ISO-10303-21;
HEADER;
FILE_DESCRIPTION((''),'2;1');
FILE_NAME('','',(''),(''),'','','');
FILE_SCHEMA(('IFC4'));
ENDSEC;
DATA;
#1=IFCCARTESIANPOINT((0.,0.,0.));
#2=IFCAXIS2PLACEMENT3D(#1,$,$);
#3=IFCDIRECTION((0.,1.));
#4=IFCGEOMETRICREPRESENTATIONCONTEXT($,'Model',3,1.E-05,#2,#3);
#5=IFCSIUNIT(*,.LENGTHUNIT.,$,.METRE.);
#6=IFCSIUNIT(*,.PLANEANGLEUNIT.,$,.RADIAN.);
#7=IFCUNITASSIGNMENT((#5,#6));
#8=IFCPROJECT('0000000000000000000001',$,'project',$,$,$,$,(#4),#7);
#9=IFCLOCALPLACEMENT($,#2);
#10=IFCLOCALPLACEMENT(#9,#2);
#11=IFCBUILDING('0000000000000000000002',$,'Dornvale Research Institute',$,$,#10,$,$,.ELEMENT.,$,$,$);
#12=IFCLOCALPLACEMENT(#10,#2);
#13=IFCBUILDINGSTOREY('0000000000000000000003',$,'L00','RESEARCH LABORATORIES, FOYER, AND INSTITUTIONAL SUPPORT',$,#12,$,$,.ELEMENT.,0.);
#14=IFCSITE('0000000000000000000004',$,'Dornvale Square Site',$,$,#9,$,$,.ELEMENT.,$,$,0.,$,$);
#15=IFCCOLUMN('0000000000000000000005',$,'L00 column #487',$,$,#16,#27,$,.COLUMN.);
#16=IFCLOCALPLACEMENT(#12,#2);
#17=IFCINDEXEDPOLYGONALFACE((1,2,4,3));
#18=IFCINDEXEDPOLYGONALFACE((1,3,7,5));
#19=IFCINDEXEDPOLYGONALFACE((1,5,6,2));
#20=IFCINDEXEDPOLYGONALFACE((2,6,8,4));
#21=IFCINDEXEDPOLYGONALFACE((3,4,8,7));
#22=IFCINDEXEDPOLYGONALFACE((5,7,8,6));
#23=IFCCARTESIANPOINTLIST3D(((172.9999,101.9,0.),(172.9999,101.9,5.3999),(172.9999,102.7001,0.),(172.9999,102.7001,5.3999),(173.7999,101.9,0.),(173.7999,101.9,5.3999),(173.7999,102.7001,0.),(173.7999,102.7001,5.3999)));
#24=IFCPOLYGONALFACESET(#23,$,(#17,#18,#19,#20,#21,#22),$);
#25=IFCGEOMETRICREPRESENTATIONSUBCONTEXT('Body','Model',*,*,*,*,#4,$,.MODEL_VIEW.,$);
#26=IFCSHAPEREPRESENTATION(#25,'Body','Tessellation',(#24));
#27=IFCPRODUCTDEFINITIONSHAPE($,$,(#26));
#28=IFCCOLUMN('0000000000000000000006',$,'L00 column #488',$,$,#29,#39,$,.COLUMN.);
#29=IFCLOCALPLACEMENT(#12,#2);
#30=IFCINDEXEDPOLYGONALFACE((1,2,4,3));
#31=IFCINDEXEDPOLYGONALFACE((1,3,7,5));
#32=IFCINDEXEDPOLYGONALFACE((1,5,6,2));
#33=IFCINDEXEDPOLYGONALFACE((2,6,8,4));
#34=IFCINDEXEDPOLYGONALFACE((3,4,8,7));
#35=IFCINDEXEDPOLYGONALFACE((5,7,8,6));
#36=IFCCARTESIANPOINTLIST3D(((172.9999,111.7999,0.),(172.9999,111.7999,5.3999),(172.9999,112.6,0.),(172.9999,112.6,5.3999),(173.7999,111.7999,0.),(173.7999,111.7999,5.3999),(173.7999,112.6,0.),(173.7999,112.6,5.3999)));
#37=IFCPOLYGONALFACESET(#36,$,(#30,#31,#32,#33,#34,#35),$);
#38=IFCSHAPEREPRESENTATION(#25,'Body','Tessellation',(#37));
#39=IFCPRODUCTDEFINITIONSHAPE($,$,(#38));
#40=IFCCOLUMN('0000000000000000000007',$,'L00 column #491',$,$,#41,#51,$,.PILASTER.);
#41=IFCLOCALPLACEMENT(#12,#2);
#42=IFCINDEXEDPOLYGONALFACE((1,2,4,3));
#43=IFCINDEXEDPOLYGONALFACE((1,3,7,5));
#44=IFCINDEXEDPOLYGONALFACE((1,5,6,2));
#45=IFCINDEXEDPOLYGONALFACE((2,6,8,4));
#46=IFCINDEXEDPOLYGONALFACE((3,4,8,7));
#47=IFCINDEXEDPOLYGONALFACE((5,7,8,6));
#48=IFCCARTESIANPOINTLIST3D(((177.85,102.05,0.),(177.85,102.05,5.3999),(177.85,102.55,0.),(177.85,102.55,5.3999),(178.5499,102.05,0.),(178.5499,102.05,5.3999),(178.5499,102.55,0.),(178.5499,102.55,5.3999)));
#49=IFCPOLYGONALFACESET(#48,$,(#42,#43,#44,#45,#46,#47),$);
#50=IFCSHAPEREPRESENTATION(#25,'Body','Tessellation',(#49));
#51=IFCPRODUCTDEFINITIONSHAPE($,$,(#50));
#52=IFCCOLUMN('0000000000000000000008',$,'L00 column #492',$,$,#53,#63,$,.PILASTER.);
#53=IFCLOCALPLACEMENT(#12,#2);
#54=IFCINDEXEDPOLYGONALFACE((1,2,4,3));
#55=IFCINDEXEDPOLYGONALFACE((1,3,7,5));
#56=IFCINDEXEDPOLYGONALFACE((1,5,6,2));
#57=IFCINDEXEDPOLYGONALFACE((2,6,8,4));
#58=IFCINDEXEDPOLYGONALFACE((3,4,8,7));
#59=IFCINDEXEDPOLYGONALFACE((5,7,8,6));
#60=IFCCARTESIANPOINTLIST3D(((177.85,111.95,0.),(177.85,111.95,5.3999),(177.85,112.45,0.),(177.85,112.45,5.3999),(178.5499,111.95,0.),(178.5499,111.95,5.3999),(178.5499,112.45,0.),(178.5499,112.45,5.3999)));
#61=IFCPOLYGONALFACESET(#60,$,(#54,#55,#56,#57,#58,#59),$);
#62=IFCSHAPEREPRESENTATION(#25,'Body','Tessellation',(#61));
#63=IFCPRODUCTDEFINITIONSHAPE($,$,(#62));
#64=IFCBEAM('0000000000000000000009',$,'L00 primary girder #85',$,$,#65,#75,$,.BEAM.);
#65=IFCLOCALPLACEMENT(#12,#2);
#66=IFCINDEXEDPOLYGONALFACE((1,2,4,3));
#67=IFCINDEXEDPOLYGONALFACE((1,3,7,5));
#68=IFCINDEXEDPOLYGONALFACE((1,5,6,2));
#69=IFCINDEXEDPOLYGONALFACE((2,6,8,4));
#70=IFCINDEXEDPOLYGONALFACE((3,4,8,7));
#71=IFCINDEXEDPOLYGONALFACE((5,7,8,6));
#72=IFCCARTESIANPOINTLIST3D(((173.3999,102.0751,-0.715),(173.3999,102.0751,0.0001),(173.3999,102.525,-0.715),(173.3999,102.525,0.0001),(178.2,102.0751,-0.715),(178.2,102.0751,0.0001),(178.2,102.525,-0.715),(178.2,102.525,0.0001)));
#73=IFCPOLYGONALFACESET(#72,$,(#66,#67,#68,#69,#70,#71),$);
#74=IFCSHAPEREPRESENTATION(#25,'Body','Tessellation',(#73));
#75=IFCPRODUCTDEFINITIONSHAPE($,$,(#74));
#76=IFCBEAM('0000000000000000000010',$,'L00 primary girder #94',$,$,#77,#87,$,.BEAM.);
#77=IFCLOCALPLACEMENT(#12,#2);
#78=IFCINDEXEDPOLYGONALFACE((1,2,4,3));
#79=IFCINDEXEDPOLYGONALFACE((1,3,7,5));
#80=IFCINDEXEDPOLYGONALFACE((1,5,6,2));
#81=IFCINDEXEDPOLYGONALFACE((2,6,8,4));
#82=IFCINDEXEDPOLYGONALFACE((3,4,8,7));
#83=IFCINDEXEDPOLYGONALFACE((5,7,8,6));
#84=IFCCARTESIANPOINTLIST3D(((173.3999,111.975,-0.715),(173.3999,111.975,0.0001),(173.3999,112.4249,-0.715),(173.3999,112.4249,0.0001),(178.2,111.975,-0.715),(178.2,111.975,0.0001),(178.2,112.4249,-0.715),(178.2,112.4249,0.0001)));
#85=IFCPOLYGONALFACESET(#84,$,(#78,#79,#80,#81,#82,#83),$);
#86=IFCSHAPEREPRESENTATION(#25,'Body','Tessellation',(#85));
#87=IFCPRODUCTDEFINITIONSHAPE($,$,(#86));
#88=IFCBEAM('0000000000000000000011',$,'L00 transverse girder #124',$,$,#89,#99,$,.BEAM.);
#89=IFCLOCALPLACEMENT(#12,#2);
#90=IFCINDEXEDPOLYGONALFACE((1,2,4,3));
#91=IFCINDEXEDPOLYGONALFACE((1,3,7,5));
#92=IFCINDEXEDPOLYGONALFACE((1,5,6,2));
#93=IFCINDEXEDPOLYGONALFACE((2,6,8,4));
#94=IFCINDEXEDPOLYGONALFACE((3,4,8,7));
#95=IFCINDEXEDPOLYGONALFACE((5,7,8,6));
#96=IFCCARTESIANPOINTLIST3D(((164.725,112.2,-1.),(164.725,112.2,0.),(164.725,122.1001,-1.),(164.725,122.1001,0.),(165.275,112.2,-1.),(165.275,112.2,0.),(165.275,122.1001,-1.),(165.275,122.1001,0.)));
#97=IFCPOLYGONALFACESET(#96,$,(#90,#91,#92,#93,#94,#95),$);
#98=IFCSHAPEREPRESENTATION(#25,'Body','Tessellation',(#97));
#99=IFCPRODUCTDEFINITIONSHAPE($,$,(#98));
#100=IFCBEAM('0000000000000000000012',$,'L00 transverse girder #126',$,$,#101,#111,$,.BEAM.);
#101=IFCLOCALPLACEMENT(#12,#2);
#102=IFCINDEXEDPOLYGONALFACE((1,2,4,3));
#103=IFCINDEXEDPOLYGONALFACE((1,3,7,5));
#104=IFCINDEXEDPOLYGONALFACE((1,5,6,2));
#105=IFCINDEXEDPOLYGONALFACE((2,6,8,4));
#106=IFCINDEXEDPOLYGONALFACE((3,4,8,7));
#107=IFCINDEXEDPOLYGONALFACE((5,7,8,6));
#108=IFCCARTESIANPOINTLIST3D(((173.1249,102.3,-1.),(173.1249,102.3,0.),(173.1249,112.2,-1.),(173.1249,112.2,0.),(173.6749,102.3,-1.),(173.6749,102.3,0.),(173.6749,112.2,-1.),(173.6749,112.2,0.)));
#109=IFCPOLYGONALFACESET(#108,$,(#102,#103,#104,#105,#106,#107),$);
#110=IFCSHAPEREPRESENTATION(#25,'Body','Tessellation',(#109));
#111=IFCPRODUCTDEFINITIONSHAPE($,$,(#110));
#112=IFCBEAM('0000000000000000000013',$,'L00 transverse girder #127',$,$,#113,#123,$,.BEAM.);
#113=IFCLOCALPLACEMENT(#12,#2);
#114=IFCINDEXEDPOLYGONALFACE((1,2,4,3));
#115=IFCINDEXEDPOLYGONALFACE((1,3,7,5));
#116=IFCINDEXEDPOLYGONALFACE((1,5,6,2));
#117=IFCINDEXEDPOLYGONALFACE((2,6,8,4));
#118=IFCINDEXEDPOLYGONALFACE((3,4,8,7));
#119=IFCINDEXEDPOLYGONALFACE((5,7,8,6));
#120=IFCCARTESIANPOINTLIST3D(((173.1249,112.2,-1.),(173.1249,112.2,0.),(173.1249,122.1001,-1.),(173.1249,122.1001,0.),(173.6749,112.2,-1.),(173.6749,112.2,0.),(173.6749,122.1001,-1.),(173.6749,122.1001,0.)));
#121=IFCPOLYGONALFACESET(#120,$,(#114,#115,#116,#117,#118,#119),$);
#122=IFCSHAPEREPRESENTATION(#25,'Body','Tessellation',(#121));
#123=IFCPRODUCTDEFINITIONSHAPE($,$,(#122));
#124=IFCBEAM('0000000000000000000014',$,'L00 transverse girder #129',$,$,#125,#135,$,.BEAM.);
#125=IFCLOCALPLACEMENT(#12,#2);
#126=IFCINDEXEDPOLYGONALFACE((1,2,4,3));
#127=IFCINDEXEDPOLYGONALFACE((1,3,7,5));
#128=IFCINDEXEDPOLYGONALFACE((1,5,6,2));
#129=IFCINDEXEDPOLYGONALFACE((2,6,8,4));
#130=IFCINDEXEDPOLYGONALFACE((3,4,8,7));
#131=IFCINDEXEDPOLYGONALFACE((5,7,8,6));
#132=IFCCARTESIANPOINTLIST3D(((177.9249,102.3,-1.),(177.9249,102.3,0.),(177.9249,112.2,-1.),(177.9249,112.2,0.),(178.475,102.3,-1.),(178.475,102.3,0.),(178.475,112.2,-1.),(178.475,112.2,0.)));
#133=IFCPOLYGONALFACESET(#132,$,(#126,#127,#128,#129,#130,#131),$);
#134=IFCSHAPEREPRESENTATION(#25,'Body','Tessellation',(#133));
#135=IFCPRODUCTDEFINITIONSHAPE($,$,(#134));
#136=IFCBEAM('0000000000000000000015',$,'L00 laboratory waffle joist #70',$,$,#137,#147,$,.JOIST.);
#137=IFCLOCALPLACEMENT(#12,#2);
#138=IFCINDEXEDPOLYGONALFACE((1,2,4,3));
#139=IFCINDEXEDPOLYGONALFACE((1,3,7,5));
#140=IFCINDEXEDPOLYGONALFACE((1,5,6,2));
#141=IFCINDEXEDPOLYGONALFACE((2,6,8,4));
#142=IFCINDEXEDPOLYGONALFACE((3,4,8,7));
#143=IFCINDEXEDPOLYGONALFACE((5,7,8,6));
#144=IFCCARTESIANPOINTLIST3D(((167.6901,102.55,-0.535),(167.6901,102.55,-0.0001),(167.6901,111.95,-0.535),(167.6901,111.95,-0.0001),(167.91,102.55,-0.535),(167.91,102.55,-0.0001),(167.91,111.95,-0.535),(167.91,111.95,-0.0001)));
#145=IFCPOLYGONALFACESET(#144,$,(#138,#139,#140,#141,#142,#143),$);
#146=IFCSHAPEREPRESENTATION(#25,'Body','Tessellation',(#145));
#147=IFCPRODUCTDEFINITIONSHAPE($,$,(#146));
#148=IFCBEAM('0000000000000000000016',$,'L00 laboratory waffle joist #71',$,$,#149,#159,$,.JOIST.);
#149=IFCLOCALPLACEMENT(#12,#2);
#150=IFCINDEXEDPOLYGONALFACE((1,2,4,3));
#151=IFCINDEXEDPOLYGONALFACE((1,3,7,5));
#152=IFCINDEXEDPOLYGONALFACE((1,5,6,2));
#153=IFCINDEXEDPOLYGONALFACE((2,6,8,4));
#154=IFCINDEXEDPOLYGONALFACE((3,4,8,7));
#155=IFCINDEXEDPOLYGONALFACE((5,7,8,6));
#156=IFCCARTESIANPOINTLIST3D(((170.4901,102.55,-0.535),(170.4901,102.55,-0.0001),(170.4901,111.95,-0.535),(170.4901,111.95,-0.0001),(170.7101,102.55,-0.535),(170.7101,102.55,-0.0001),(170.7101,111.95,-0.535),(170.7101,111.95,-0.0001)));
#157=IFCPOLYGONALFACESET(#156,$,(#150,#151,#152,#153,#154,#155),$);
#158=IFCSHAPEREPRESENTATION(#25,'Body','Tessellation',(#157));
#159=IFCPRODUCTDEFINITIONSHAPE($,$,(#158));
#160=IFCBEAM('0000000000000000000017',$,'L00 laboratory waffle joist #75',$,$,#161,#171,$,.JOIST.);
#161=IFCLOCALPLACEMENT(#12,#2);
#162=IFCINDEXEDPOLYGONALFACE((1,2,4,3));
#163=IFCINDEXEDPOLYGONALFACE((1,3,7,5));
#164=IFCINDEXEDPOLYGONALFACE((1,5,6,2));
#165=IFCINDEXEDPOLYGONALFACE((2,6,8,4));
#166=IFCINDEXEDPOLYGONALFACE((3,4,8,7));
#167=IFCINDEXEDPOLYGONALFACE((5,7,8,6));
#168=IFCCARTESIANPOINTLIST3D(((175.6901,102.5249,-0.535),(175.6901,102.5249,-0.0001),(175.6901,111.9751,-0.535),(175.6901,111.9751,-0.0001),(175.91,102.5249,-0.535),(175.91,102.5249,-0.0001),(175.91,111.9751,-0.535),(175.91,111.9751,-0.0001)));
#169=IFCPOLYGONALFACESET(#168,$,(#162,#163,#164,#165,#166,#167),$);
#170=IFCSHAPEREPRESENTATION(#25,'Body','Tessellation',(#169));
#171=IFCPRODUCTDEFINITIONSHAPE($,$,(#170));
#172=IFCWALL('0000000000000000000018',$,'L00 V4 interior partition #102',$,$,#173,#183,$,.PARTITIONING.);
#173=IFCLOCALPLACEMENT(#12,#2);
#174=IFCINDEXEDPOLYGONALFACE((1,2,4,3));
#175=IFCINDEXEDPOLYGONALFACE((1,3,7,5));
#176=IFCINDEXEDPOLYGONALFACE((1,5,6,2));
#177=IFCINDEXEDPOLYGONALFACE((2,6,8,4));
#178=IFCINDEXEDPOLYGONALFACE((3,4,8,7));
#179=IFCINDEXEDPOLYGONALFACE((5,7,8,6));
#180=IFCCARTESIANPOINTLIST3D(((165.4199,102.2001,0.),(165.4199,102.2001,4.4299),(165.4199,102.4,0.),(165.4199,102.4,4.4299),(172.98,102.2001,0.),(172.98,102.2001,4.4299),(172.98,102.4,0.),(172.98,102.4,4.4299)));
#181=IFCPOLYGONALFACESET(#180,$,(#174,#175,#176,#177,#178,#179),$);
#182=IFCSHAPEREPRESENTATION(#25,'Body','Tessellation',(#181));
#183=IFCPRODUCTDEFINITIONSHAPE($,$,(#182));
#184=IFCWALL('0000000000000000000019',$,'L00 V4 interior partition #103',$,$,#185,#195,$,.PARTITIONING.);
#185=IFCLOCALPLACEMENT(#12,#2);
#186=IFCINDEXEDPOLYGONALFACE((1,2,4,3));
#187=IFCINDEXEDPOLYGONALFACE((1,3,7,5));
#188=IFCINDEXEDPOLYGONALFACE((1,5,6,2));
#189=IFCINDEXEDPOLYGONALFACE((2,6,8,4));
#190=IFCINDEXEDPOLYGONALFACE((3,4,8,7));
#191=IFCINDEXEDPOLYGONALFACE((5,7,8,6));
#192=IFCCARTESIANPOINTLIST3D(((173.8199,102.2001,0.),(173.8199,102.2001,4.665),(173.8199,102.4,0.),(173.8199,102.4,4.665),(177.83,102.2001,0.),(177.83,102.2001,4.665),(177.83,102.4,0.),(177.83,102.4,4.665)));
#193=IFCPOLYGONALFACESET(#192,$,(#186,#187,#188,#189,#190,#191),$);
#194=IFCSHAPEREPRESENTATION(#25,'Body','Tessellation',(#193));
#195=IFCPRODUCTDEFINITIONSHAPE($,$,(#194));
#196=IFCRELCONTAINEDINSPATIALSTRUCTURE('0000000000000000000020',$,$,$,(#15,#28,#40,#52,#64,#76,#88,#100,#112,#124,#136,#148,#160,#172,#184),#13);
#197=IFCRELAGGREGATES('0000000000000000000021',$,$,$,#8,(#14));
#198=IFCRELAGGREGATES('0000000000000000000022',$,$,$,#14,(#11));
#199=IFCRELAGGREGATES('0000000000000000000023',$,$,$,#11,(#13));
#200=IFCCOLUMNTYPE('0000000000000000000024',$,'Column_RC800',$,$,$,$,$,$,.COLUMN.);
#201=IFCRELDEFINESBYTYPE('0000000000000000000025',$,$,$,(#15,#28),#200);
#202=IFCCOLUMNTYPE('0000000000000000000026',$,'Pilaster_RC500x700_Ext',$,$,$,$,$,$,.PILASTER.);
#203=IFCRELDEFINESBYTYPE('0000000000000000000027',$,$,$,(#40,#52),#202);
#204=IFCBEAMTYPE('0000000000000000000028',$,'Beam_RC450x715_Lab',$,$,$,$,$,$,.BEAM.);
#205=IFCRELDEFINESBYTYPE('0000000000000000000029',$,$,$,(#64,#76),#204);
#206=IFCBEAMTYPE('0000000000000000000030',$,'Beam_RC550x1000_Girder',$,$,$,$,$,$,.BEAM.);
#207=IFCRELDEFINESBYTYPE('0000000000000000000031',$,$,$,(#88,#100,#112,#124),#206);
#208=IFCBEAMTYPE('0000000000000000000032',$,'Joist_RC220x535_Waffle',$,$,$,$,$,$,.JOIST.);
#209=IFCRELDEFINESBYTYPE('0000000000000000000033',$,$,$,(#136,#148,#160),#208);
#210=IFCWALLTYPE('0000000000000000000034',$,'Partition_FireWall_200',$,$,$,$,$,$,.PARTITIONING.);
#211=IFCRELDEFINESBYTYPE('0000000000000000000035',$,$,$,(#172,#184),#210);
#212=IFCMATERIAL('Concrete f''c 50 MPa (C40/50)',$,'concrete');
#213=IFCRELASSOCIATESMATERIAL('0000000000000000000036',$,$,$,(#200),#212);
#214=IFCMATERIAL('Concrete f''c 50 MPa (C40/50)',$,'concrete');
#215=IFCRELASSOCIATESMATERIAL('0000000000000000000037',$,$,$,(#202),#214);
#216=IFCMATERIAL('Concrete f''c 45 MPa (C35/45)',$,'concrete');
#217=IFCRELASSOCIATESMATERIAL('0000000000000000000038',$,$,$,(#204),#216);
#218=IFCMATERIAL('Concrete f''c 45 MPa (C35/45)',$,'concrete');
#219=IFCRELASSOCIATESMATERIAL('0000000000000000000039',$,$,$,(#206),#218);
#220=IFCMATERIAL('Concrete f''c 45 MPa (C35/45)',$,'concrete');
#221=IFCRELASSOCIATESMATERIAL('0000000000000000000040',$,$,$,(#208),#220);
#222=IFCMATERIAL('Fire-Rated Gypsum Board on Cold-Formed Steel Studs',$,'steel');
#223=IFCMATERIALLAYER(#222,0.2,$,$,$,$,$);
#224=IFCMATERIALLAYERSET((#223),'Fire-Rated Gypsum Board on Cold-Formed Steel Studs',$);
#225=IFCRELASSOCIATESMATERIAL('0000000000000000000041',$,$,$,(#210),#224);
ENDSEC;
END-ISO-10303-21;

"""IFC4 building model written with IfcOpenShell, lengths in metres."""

from ifc_helpers import new_model, si_unit, direction, frame, frame_2d, origin, origin_2d, place, context, subcontext, project, spatial, rectangle, extrude, material, layer, layer_set, material_profile, profile_set, type_object, element, save


model = new_model("IFC4")

# Units and contexts
model_context = context("Model", 3, precision=1e-05, world=origin(), true_north=direction((0.0, 1.0)))
body_context = subcontext(model_context, "Body", "Model", "MODEL_VIEW")
ifc_project = project(units=[si_unit("LENGTHUNIT", "METRE"), si_unit("PLANEANGLEUNIT", "RADIAN")], contexts=[model_context])

# Site, building, storey
site_placement = place(None, origin())
site = spatial("IfcSite", under=ifc_project, at=site_placement, Name="Dornvale Square Site", CompositionType="ELEMENT", RefElevation=0.0)
building_placement = place(site_placement, origin())
building = spatial("IfcBuilding", under=site, at=building_placement, Name="Dornvale Research Institute", CompositionType="ELEMENT")
storey_placement = place(building_placement, origin())
storey = spatial("IfcBuildingStorey", under=building, at=storey_placement, Name="L00", Description="RESEARCH LABORATORIES, FOYER, AND INSTITUTIONAL SUPPORT", CompositionType="ELEMENT", Elevation=0.0)

# Columns
ifc_material_1 = material(Name="Concrete f'c 50 MPa (C40/50)", Category="concrete")
ifc_material_profile_1 = material_profile(ifc_material_1, rectangle(XDim=0.8, YDim=0.8, at=origin_2d()), Name="RC 800x800")
ifc_profile_set_1 = profile_set([ifc_material_profile_1], Name="Concrete f'c 50 MPa (C40/50)")
column_type_1 = type_object("IfcColumnType", Name="Column_RC800", PredefinedType="COLUMN", material=ifc_profile_set_1)
for number, where, z_axis, x_axis, name in (
    (1, (173.3999, 102.3, 0.0), (0.0, 0.0, 1.0), (1.0, 0.0, 0.0), "L00 column #487"),
    (2, (173.3999, 112.2, 0.0), (0.0, 0.0, 1.0), (1.0, 0.0, 0.0), "L00 column #488"),
):
    element("IfcColumn", number, at=place(storey_placement, frame(where, z_axis=z_axis, x_axis=x_axis)), inside=storey, type_object=column_type_1, Name=name, PredefinedType="COLUMN", context=body_context, shape_type="SweptSolid", body=[
        extrude(rectangle(XDim=0.8, YDim=0.8, at=origin_2d()), origin(), (0.0, 0.0, 1.0), 5.3999),
    ])
ifc_material_2 = material(Name="Concrete f'c 50 MPa (C40/50)", Category="concrete")
ifc_material_profile_2 = material_profile(ifc_material_2, rectangle(XDim=0.5, YDim=0.7, at=origin_2d()), Name="RC 500x700")
ifc_profile_set_2 = profile_set([ifc_material_profile_2], Name="Concrete f'c 50 MPa (C40/50)")
column_type_2 = type_object("IfcColumnType", Name="Pilaster_RC500x700_Ext", PredefinedType="PILASTER", material=ifc_profile_set_2)
for number, where, z_axis, x_axis, name in (
    (3, (178.2, 102.3, 0.0), (0.0, 0.0, 1.0), (0.0, 1.0, 0.0), "L00 column #491"),
    (4, (178.2, 112.2, 0.0), (0.0, 0.0, 1.0), (0.0, 1.0, 0.0), "L00 column #492"),
):
    element("IfcColumn", number, at=place(storey_placement, frame(where, z_axis=z_axis, x_axis=x_axis)), inside=storey, type_object=column_type_2, Name=name, PredefinedType="PILASTER", context=body_context, shape_type="SweptSolid", body=[
        extrude(rectangle(XDim=0.5, YDim=0.7, at=origin_2d()), origin(), (0.0, 0.0, 1.0), 5.3999),
    ])

# Beams
ifc_material_3 = material(Name="Concrete f'c 45 MPa (C35/45)", Category="concrete")
ifc_material_profile_3 = material_profile(ifc_material_3, rectangle(XDim=0.45, YDim=0.7151, at=origin_2d()), Name="RC 450x715")
ifc_profile_set_3 = profile_set([ifc_material_profile_3], Name="Concrete f'c 45 MPa (C35/45)")
beam_type_1 = type_object("IfcBeamType", Name="Beam_RC450x715_Lab", PredefinedType="BEAM", material=ifc_profile_set_3)
for number, where, z_axis, x_axis, name in (
    (5, (173.3999, 102.3, -0.3574), (1.0, 0.0, 0.0), (0.0, 1.0, 0.0), "L00 primary girder #85"),
    (6, (173.3999, 112.2, -0.3574), (1.0, 0.0, 0.0), (0.0, 1.0, 0.0), "L00 primary girder #94"),
):
    element("IfcBeam", number, at=place(storey_placement, frame(where, z_axis=z_axis, x_axis=x_axis)), inside=storey, type_object=beam_type_1, Name=name, PredefinedType="BEAM", context=body_context, shape_type="SweptSolid", body=[
        extrude(rectangle(XDim=0.45, YDim=0.7151, at=origin_2d()), origin(), (0.0, 0.0, 1.0), 4.8),
    ])
ifc_material_4 = material(Name="Concrete f'c 45 MPa (C35/45)", Category="concrete")
ifc_material_profile_4 = material_profile(ifc_material_4, rectangle(XDim=0.55, YDim=1.0, at=origin_2d()), Name="RC 550x1000")
ifc_profile_set_4 = profile_set([ifc_material_profile_4], Name="Concrete f'c 45 MPa (C35/45)")
beam_type_2 = type_object("IfcBeamType", Name="Beam_RC550x1000_Girder", PredefinedType="BEAM", material=ifc_profile_set_4)
beam_1_placement = place(storey_placement, frame((165.0, 112.2, -0.5), z_axis=(0.0, 1.0, 0.0), x_axis=(-1.0, 0.0, 0.0)))
element("IfcBeam", 7, at=beam_1_placement, inside=storey, type_object=beam_type_2, Name="L00 transverse girder #124", PredefinedType="BEAM", context=body_context, shape_type="SweptSolid", body=[
    extrude(rectangle(XDim=0.55, YDim=1.0, at=origin_2d()), origin(), (0.0, 0.0, 1.0), 9.9001),
])
beam_2_placement = place(storey_placement, frame((173.3999, 102.3, -0.5), z_axis=(0.0, 1.0, 0.0), x_axis=(-1.0, 0.0, 0.0)))
element("IfcBeam", 8, at=beam_2_placement, inside=storey, type_object=beam_type_2, Name="L00 transverse girder #126", PredefinedType="BEAM", context=body_context, shape_type="SweptSolid", body=[
    extrude(rectangle(XDim=0.55, YDim=1.0, at=origin_2d()), origin(), (0.0, 0.0, 1.0), 9.8999),
])
beam_3_placement = place(storey_placement, frame((173.3999, 112.2, -0.5), z_axis=(0.0, 1.0, 0.0), x_axis=(-1.0, 0.0, 0.0)))
element("IfcBeam", 9, at=beam_3_placement, inside=storey, type_object=beam_type_2, Name="L00 transverse girder #127", PredefinedType="BEAM", context=body_context, shape_type="SweptSolid", body=[
    extrude(rectangle(XDim=0.55, YDim=1.0, at=origin_2d()), origin(), (0.0, 0.0, 1.0), 9.9001),
])
beam_4_placement = place(storey_placement, frame((178.2, 102.3, -0.5), z_axis=(0.0, 1.0, 0.0), x_axis=(-1.0, 0.0, 0.0)))
element("IfcBeam", 10, at=beam_4_placement, inside=storey, type_object=beam_type_2, Name="L00 transverse girder #129", PredefinedType="BEAM", context=body_context, shape_type="SweptSolid", body=[
    extrude(rectangle(XDim=0.55, YDim=1.0, at=origin_2d()), origin(), (0.0, 0.0, 1.0), 9.8999),
])
ifc_material_5 = material(Name="Concrete f'c 45 MPa (C35/45)", Category="concrete")
ifc_material_profile_5 = material_profile(ifc_material_5, rectangle(XDim=0.22, YDim=0.5349, at=origin_2d()), Name="RC 220x535")
ifc_profile_set_5 = profile_set([ifc_material_profile_5], Name="Concrete f'c 45 MPa (C35/45)")
beam_type_3 = type_object("IfcBeamType", Name="Joist_RC220x535_Waffle", PredefinedType="JOIST", material=ifc_profile_set_5)
for number, where, z_axis, x_axis, name in (
    (11, (167.8, 102.55, -0.2676), (0.0, 1.0, 0.0), (-1.0, 0.0, 0.0), "L00 laboratory waffle joist #70"),
    (12, (170.6001, 102.55, -0.2676), (0.0, 1.0, 0.0), (-1.0, 0.0, 0.0), "L00 laboratory waffle joist #71"),
):
    element("IfcBeam", number, at=place(storey_placement, frame(where, z_axis=z_axis, x_axis=x_axis)), inside=storey, type_object=beam_type_3, Name=name, PredefinedType="JOIST", context=body_context, shape_type="SweptSolid", body=[
        extrude(rectangle(XDim=0.22, YDim=0.5349, at=origin_2d()), origin(), (0.0, 0.0, 1.0), 9.3999),
    ])
beam_5_placement = place(storey_placement, frame((175.8, 102.5249, -0.2676), z_axis=(0.0, 1.0, 0.0), x_axis=(-1.0, 0.0, 0.0)))
element("IfcBeam", 13, at=beam_5_placement, inside=storey, type_object=beam_type_3, Name="L00 laboratory waffle joist #75", PredefinedType="JOIST", context=body_context, shape_type="SweptSolid", body=[
    extrude(rectangle(XDim=0.22, YDim=0.5349, at=origin_2d()), origin(), (0.0, 0.0, 1.0), 9.4502),
])

# Walls
ifc_material_6 = material(Name="Fire-Rated Gypsum Board on Cold-Formed Steel Studs", Category="steel")
ifc_layer_1 = layer(ifc_material_6, 0.2)
ifc_layer_set_1 = layer_set([ifc_layer_1], Name="Fire-Rated Gypsum Board on Cold-Formed Steel Studs")
wall_type_1 = type_object("IfcWallType", Name="Partition_FireWall_200", PredefinedType="PARTITIONING", material=ifc_layer_set_1)
wall_1_placement = place(storey_placement, frame((165.4199, 102.3, 0.0), z_axis=(0.0, 0.0, 1.0), x_axis=(1.0, 0.0, 0.0)))
element("IfcWall", 14, at=wall_1_placement, inside=storey, type_object=wall_type_1, Name="L00 V4 interior partition #102", PredefinedType="PARTITIONING", context=body_context, shape_type="SweptSolid", body=[
    extrude(rectangle(XDim=7.5601, YDim=0.2, at=frame_2d((3.78, 0.0))), origin(), (0.0, 0.0, 1.0), 4.4299),
])
wall_2_placement = place(storey_placement, frame((173.8201, 102.3, 0.0), z_axis=(0.0, 0.0, 1.0), x_axis=(1.0, 0.0, 0.0)))
element("IfcWall", 15, at=wall_2_placement, inside=storey, type_object=wall_type_1, Name="L00 V4 interior partition #103", PredefinedType="PARTITIONING", context=body_context, shape_type="SweptSolid", body=[
    extrude(rectangle(XDim=4.01, YDim=0.2, at=frame_2d((2.0049, 0.0))), origin(), (0.0, 0.0, 1.0), 4.665),
])

save(model, "model.ifc")
